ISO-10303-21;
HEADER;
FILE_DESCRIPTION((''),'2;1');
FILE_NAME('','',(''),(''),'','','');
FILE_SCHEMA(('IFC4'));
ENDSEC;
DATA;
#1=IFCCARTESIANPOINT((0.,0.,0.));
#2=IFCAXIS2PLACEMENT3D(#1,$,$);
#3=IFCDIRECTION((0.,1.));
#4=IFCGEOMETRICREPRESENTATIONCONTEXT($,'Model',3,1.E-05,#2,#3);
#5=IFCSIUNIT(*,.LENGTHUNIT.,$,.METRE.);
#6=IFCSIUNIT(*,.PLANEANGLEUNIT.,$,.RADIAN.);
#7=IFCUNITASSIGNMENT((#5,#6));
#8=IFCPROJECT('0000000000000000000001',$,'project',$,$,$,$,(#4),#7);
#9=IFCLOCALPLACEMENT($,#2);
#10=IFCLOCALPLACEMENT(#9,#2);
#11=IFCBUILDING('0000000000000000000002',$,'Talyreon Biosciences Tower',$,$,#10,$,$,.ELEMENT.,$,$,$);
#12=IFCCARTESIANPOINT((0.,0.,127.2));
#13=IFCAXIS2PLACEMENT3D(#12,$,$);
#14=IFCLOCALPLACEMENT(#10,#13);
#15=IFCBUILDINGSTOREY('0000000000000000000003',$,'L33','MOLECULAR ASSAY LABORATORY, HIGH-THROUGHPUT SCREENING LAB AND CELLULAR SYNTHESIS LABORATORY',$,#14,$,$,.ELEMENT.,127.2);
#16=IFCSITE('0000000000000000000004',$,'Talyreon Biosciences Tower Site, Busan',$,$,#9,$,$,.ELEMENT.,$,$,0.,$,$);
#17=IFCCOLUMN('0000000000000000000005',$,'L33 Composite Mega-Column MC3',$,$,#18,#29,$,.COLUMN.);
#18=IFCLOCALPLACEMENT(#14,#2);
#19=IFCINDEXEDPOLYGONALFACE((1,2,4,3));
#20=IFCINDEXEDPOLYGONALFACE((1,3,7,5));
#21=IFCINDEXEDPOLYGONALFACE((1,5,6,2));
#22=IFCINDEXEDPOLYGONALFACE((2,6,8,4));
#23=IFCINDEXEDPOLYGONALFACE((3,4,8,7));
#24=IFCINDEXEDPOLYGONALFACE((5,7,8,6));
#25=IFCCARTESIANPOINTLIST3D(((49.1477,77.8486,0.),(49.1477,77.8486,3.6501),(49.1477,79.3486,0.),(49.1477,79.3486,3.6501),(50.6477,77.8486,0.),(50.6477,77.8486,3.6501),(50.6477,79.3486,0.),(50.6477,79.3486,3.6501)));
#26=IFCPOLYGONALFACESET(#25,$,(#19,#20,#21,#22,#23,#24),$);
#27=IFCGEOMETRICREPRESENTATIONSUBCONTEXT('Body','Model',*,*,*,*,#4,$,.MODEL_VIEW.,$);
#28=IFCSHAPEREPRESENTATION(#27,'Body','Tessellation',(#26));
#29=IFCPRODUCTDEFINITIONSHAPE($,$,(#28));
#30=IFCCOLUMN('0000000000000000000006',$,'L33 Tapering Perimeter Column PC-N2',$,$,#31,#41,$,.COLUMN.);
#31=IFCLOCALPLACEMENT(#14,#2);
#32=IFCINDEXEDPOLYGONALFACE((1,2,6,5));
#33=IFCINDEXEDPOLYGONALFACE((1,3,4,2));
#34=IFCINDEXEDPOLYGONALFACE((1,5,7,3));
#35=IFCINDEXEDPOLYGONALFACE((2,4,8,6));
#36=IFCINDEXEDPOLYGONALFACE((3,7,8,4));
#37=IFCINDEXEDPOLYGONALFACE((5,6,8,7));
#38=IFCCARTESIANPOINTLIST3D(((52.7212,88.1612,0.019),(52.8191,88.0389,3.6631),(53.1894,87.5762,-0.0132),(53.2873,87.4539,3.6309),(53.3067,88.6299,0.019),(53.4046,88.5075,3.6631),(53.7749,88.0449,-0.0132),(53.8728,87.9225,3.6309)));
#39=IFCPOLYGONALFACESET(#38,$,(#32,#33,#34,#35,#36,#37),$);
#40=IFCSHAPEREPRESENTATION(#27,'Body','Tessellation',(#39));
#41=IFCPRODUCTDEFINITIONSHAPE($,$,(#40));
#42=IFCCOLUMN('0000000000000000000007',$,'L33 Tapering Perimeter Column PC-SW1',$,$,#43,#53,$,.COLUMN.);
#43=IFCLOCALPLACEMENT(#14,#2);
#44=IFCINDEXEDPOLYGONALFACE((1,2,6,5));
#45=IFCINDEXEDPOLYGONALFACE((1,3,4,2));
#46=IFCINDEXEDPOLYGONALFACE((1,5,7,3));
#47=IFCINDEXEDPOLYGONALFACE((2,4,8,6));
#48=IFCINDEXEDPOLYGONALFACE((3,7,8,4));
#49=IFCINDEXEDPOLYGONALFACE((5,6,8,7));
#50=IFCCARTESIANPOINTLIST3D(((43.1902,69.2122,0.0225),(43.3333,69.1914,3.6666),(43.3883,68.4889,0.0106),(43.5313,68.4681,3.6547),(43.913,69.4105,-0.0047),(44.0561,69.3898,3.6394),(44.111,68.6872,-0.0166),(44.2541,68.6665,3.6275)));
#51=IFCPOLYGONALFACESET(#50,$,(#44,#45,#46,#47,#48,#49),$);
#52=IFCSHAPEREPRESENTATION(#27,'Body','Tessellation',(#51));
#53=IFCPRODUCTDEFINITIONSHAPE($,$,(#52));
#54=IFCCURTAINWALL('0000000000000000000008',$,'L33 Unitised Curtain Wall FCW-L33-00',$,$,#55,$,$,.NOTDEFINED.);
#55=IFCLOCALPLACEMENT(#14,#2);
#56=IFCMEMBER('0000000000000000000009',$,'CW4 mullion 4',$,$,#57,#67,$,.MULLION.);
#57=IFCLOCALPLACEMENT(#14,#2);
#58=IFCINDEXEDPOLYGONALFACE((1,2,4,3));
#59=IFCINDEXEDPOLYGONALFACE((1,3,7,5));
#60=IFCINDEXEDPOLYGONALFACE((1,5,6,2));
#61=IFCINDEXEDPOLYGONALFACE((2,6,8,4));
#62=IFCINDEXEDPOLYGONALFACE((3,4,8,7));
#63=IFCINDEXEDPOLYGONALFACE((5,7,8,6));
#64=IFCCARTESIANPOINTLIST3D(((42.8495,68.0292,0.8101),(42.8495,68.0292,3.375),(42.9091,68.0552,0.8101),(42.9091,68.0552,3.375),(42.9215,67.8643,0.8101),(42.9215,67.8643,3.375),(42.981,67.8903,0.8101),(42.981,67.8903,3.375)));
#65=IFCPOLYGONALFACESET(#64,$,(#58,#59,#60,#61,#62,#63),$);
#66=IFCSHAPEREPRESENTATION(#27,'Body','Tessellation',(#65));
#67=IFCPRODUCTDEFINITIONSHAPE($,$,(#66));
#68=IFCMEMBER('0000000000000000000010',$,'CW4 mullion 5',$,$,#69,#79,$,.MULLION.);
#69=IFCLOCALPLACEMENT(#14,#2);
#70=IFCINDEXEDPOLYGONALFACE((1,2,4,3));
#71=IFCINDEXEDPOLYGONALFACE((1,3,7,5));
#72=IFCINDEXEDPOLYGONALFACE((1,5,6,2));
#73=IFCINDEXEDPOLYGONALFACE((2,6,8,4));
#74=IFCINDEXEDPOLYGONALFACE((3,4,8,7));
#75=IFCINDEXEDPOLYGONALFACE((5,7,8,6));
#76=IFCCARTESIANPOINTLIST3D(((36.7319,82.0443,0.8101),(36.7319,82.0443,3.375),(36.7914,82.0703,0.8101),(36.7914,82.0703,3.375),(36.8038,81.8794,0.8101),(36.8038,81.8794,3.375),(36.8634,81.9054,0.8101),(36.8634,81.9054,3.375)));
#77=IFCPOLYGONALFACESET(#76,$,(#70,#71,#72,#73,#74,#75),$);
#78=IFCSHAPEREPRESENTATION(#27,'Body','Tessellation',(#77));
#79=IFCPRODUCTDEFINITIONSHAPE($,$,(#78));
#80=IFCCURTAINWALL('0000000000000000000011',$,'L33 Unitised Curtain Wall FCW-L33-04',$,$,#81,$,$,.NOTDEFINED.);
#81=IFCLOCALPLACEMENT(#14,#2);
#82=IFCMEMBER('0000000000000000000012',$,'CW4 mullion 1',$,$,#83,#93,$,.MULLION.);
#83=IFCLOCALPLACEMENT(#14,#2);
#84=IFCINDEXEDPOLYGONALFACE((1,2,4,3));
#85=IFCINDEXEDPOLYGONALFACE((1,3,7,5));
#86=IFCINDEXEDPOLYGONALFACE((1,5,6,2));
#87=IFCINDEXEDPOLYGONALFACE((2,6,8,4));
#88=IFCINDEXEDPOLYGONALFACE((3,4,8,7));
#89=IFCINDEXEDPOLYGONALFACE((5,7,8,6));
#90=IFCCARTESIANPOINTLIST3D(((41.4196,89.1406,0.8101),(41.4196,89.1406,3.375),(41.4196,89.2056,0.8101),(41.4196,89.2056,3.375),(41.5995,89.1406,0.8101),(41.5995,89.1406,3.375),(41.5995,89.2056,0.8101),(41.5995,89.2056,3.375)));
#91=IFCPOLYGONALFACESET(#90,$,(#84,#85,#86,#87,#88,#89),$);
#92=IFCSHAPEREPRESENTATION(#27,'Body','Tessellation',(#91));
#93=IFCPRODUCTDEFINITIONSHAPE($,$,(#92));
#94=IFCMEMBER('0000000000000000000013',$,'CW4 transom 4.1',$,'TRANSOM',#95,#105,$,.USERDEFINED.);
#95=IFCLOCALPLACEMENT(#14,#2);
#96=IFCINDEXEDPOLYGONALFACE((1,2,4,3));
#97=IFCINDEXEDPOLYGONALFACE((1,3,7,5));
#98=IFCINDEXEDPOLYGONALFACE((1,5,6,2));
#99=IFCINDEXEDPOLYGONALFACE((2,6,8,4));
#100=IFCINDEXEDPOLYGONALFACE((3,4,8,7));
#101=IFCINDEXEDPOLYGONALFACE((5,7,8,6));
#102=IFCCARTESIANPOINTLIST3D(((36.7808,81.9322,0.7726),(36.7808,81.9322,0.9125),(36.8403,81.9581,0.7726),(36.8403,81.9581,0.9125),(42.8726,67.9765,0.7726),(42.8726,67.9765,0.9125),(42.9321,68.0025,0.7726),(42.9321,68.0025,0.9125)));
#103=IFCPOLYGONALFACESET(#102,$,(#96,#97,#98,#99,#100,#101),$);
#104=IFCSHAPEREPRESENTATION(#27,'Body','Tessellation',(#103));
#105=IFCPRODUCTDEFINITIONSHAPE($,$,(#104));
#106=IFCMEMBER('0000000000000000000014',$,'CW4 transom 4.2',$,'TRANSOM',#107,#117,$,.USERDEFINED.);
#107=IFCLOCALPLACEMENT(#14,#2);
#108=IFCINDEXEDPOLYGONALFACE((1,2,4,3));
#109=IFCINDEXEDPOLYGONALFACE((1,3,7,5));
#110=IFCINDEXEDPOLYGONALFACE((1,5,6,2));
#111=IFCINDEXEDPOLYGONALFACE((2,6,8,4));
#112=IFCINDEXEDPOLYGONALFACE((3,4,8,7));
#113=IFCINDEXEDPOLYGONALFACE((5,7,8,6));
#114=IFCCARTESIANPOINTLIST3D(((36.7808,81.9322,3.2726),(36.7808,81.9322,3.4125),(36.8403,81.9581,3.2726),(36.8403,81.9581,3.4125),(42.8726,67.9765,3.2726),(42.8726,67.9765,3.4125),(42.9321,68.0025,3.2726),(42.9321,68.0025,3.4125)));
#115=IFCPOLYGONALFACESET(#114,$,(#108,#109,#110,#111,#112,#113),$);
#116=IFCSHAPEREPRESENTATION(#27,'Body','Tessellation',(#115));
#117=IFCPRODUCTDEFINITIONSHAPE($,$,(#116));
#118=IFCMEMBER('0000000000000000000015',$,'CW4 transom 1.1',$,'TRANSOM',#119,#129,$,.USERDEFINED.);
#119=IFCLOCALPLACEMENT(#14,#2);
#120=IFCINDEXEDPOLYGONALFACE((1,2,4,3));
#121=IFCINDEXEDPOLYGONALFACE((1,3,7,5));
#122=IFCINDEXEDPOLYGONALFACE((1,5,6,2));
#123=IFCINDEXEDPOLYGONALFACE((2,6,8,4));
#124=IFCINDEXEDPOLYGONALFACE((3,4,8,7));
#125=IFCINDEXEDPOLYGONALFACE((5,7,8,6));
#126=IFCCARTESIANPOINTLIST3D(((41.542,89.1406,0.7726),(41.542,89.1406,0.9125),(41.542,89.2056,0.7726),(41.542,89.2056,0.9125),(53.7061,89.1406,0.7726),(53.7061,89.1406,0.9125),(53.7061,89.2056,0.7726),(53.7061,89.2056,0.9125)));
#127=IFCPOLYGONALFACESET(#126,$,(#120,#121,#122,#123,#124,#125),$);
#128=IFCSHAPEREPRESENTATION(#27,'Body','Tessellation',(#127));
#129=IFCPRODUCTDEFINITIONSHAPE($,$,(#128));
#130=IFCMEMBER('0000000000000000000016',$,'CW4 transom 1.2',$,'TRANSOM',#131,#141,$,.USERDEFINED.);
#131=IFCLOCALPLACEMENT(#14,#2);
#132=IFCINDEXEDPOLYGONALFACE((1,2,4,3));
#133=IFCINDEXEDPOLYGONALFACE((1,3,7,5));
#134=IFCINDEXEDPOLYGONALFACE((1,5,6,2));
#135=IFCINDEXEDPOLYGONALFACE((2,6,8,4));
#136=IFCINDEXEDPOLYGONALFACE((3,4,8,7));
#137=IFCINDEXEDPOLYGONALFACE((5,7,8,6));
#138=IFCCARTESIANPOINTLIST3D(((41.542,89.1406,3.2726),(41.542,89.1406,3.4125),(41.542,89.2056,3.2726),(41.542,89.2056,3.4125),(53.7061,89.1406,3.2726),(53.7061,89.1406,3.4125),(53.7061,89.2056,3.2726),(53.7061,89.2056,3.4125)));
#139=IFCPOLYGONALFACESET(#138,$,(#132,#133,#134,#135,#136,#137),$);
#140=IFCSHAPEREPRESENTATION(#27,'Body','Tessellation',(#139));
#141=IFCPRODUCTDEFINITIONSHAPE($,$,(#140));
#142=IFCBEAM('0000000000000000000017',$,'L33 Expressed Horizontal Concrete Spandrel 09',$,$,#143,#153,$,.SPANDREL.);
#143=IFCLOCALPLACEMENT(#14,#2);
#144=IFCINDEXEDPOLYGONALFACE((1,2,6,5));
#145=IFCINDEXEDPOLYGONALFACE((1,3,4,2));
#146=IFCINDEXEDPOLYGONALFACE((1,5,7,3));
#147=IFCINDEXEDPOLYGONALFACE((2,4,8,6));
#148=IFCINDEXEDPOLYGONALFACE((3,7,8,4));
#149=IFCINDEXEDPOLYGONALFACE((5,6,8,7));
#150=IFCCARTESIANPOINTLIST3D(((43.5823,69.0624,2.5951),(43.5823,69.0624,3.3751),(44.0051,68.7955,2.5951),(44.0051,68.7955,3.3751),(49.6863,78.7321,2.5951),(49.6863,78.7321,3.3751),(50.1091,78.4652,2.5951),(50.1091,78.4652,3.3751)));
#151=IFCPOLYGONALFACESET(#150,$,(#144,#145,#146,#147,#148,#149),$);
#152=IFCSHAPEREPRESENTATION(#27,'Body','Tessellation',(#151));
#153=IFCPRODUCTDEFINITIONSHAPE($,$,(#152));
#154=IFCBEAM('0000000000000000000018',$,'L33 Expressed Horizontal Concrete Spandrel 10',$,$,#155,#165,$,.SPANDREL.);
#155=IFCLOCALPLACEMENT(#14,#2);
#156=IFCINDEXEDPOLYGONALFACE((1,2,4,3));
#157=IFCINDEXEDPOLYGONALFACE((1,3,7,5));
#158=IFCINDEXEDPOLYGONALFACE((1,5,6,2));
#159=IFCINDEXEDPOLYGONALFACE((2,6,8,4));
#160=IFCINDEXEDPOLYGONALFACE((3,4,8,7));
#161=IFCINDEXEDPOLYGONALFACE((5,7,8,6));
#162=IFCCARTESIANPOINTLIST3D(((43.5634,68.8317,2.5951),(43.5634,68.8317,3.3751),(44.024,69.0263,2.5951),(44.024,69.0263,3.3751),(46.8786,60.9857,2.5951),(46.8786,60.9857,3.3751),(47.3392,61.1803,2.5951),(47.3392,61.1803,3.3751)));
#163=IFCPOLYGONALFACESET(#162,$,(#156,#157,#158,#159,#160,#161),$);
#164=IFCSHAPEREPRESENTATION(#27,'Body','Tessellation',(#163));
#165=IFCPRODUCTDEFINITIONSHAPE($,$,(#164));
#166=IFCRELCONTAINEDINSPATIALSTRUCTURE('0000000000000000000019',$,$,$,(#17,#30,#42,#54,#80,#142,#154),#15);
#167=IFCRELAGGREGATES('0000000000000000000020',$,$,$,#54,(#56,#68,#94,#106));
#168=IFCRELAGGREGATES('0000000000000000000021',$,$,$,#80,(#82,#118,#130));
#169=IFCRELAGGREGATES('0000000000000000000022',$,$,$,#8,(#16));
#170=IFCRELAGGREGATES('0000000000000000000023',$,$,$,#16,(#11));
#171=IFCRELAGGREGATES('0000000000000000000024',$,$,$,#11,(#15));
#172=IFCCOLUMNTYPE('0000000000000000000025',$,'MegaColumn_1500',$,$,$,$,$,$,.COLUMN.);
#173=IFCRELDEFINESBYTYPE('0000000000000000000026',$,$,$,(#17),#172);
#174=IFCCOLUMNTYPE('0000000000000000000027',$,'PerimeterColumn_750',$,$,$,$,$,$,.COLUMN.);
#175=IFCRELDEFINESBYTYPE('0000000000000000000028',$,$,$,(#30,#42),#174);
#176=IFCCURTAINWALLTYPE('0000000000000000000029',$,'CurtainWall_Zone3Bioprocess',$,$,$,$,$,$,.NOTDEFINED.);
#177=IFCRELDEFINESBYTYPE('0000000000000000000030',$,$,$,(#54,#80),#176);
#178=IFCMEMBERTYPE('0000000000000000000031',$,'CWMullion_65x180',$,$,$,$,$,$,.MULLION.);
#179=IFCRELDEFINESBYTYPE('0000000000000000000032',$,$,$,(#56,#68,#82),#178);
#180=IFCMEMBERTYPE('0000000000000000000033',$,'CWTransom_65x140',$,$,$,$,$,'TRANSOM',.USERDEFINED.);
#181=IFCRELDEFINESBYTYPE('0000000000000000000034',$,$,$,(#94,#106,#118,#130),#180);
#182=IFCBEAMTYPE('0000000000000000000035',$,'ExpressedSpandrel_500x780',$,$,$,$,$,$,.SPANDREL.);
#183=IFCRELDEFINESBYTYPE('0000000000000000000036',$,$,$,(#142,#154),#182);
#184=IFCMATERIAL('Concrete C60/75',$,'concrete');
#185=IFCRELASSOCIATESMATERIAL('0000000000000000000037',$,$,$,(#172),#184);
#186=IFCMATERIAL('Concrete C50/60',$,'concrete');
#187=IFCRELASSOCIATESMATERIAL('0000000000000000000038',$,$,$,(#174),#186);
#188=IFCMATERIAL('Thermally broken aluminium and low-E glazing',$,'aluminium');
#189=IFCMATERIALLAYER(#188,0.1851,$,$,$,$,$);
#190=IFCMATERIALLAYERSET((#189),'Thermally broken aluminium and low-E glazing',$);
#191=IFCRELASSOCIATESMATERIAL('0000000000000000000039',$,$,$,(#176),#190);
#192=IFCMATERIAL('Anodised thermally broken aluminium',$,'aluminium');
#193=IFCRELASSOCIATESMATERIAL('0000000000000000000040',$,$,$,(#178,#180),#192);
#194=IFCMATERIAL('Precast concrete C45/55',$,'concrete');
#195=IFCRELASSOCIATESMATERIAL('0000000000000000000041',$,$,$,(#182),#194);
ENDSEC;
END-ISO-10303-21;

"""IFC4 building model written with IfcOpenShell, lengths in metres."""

from ifc_helpers import new_model, si_unit, direction, frame, origin, origin_2d, place, context, subcontext, project, spatial, rectangle, extrude, material, layer, layer_set, material_profile, profile_set, type_object, element, aggregate, save


model = new_model("IFC4")

# Units and contexts
model_context = context("Model", 3, precision=1e-05, world=origin(), true_north=direction((0.0, 1.0)))
body_context = subcontext(model_context, "Body", "Model", "MODEL_VIEW")
ifc_project = project(units=[si_unit("LENGTHUNIT", "METRE"), si_unit("PLANEANGLEUNIT", "RADIAN")], contexts=[model_context])

# Site, building, storey
site_placement = place(None, origin())
site = spatial("IfcSite", under=ifc_project, at=site_placement, Name="Talyreon Biosciences Tower Site, Busan", CompositionType="ELEMENT", RefElevation=0.0)
building_placement = place(site_placement, origin())
building = spatial("IfcBuilding", under=site, at=building_placement, Name="Talyreon Biosciences Tower", CompositionType="ELEMENT")
storey_placement = place(building_placement, frame((0.0, 0.0, 127.2)))
storey = spatial("IfcBuildingStorey", under=building, at=storey_placement, Name="L33", Description="MOLECULAR ASSAY LABORATORY, HIGH-THROUGHPUT SCREENING LAB AND CELLULAR SYNTHESIS LABORATORY", CompositionType="ELEMENT", Elevation=127.2)

# Columns
ifc_material_1 = material(Name="Concrete C60/75", Category="concrete")
ifc_material_profile_1 = material_profile(ifc_material_1, rectangle(XDim=1.5, YDim=1.5, at=origin_2d()), Name="RC 1500x1500")
ifc_profile_set_1 = profile_set([ifc_material_profile_1], Name="Concrete C60/75")
column_type_1 = type_object("IfcColumnType", Name="MegaColumn_1500", PredefinedType="COLUMN", material=ifc_profile_set_1)
column_1_placement = place(storey_placement, frame((49.8977, 78.5986, 0.0), z_axis=(0.0, 0.0, 1.0), x_axis=(1.0, 0.0, 0.0)))
element("IfcColumn", 1, at=column_1_placement, inside=storey, type_object=column_type_1, Name="L33 Composite Mega-Column MC3", PredefinedType="COLUMN", context=body_context, shape_type="SweptSolid", body=[
    extrude(rectangle(XDim=1.5, YDim=1.5, at=origin_2d()), origin(), (0.0, 0.0, 1.0), 3.6501),
])
ifc_material_2 = material(Name="Concrete C50/60", Category="concrete")
ifc_material_profile_2 = material_profile(ifc_material_2, rectangle(XDim=0.75, YDim=0.75, at=origin_2d()), Name="RC 750x750")
ifc_profile_set_2 = profile_set([ifc_material_profile_2], Name="Concrete C50/60")
column_type_2 = type_object("IfcColumnType", Name="PerimeterColumn_750", PredefinedType="COLUMN", material=ifc_profile_set_2)
column_2_placement = place(storey_placement, frame((53.248, 88.103, 0.0029), z_axis=(0.026841, -0.033535, 0.999077), x_axis=(-0.780717, -0.624885, 0.0)))
element("IfcColumn", 2, at=column_2_placement, inside=storey, type_object=column_type_2, Name="L33 Tapering Perimeter Column PC-N2", PredefinedType="COLUMN", context=body_context, shape_type="SweptSolid", body=[
    extrude(rectangle(XDim=0.75, YDim=0.75, at=origin_2d()), origin(), (0.0, 0.0, 1.0), 3.6475),
])
column_3_placement = place(storey_placement, frame((43.6506, 68.9497, 0.0029), z_axis=(0.039229, -0.00569, 0.999214), x_axis=(0.963712, 0.26446, -0.03633)))
element("IfcColumn", 3, at=column_3_placement, inside=storey, type_object=column_type_2, Name="L33 Tapering Perimeter Column PC-SW1", PredefinedType="COLUMN", context=body_context, shape_type="SweptSolid", body=[
    extrude(rectangle(XDim=0.75, YDim=0.75, at=origin_2d()), origin(), (0.0, 0.0, 1.0), 3.647),
])

# Curtain wall, members
ifc_material_3 = material(Name="Thermally broken aluminium and low-E glazing", Category="aluminium")
ifc_layer_1 = layer(ifc_material_3, 0.1851)
ifc_layer_set_1 = layer_set([ifc_layer_1], Name="Thermally broken aluminium and low-E glazing")
curtain_wall_type = type_object("IfcCurtainWallType", Name="CurtainWall_Zone3Bioprocess", PredefinedType="NOTDEFINED", material=ifc_layer_set_1)
curtain_wall_1_placement = place(storey_placement, origin())
curtain_wall_1 = element("IfcCurtainWall", 4, at=curtain_wall_1_placement, inside=storey, type_object=curtain_wall_type, Name="L33 Unitised Curtain Wall FCW-L33-00", PredefinedType="NOTDEFINED")
ifc_material_4 = material(Name="Anodised thermally broken aluminium", Category="aluminium")
ifc_material_profile_3 = material_profile(ifc_material_4, rectangle(XDim=0.0649, YDim=0.1799, at=origin_2d()), Name="ALUM MULLION 65x180")
ifc_profile_set_3 = profile_set([ifc_material_profile_3], Name="Anodised thermally broken aluminium")
member_type_1 = type_object("IfcMemberType", Name="CWMullion_65x180", PredefinedType="MULLION", material=ifc_profile_set_3)
member_1_placement = place(storey_placement, frame((42.9153, 67.9597, 0.8101), z_axis=(0.0, 0.0, 1.0), x_axis=(-0.91649, -0.400058, 0.0)))
member_1 = element("IfcMember", 5, at=member_1_placement, type_object=member_type_1, Name="CW4 mullion 4", PredefinedType="MULLION", context=body_context, shape_type="SweptSolid", body=[
    extrude(rectangle(XDim=0.0649, YDim=0.1799, at=origin_2d()), origin(), (0.0, 0.0, 1.0), 2.5649),
])
member_2_placement = place(storey_placement, frame((36.7976, 81.9749, 0.8101), z_axis=(0.0, 0.0, 1.0), x_axis=(-0.91649, -0.400058, 0.0)))
member_2 = element("IfcMember", 6, at=member_2_placement, type_object=member_type_1, Name="CW4 mullion 5", PredefinedType="MULLION", context=body_context, shape_type="SweptSolid", body=[
    extrude(rectangle(XDim=0.0649, YDim=0.1799, at=origin_2d()), origin(), (0.0, 0.0, 1.0), 2.5649),
])

# Curtain wall, member
curtain_wall_2_placement = place(storey_placement, origin())
curtain_wall_2 = element("IfcCurtainWall", 7, at=curtain_wall_2_placement, inside=storey, type_object=curtain_wall_type, Name="L33 Unitised Curtain Wall FCW-L33-04", PredefinedType="NOTDEFINED")
member_3_placement = place(storey_placement, frame((41.5095, 89.1731, 0.8101), z_axis=(0.0, 0.0, 1.0), x_axis=(0.0, 1.0, 0.0)))
member_3 = element("IfcMember", 8, at=member_3_placement, type_object=member_type_1, Name="CW4 mullion 1", PredefinedType="MULLION", context=body_context, shape_type="SweptSolid", body=[
    extrude(rectangle(XDim=0.0649, YDim=0.1799, at=origin_2d()), origin(), (0.0, 0.0, 1.0), 2.5649),
])

# Members
ifc_material_profile_4 = material_profile(ifc_material_4, rectangle(XDim=0.0649, YDim=0.1399, at=origin_2d()), Name="ALUM TRANSOM 65x140")
ifc_profile_set_4 = profile_set([ifc_material_profile_4], Name="Anodised thermally broken aluminium")
member_type_2 = type_object("IfcMemberType", Name="CWTransom_65x140", ElementType="TRANSOM", PredefinedType="USERDEFINED", material=ifc_profile_set_4)
member_4_placement = place(storey_placement, frame((42.9023, 67.9895, 0.8425), z_axis=(-0.40006, 0.916489, 0.0), x_axis=(-0.916489, -0.40006, 0.0)))
member_4 = element("IfcMember", 9, at=member_4_placement, type_object=member_type_2, Name="CW4 transom 4.1", ObjectType="TRANSOM", PredefinedType="USERDEFINED", context=body_context, shape_type="SweptSolid", body=[
    extrude(rectangle(XDim=0.0649, YDim=0.1399, at=origin_2d()), origin(), (0.0, 0.0, 1.0), 15.2273),
])
member_5_placement = place(storey_placement, frame((42.9023, 67.9895, 3.3425), z_axis=(-0.40006, 0.916489, 0.0), x_axis=(-0.916489, -0.40006, 0.0)))
member_5 = element("IfcMember", 10, at=member_5_placement, type_object=member_type_2, Name="CW4 transom 4.2", ObjectType="TRANSOM", PredefinedType="USERDEFINED", context=body_context, shape_type="SweptSolid", body=[
    extrude(rectangle(XDim=0.0649, YDim=0.1399, at=origin_2d()), origin(), (0.0, 0.0, 1.0), 15.2273),
])
member_6_placement = place(storey_placement, frame((41.542, 89.1731, 0.8425), z_axis=(1.0, 0.0, 0.0), x_axis=(0.0, 1.0, 0.0)))
member_6 = element("IfcMember", 11, at=member_6_placement, type_object=member_type_2, Name="CW4 transom 1.1", ObjectType="TRANSOM", PredefinedType="USERDEFINED", context=body_context, shape_type="SweptSolid", body=[
    extrude(rectangle(XDim=0.0649, YDim=0.1399, at=origin_2d()), origin(), (0.0, 0.0, 1.0), 12.1641),
])
member_7_placement = place(storey_placement, frame((41.542, 89.1731, 3.3425), z_axis=(1.0, 0.0, 0.0), x_axis=(0.0, 1.0, 0.0)))
member_7 = element("IfcMember", 12, at=member_7_placement, type_object=member_type_2, Name="CW4 transom 1.2", ObjectType="TRANSOM", PredefinedType="USERDEFINED", context=body_context, shape_type="SweptSolid", body=[
    extrude(rectangle(XDim=0.0649, YDim=0.1399, at=origin_2d()), origin(), (0.0, 0.0, 1.0), 12.1641),
])

# Beams
ifc_material_5 = material(Name="Precast concrete C45/55", Category="concrete")
ifc_material_profile_5 = material_profile(ifc_material_5, rectangle(XDim=0.5, YDim=0.78, at=origin_2d()), Name="RCB 500x780")
ifc_profile_set_5 = profile_set([ifc_material_profile_5], Name="Precast concrete C45/55")
beam_type_1 = type_object("IfcBeamType", Name="ExpressedSpandrel_500x780", PredefinedType="SPANDREL", material=ifc_profile_set_5)
beam_1_placement = place(storey_placement, frame((49.8977, 78.5986, 2.9851), z_axis=(-0.533795, -0.845614, 0.0), x_axis=(0.845614, -0.533795, 0.0)))
element("IfcBeam", 13, at=beam_1_placement, inside=storey, type_object=beam_type_1, Name="L33 Expressed Horizontal Concrete Spandrel 09", PredefinedType="SPANDREL", context=body_context, shape_type="SweptSolid", body=[
    extrude(rectangle(XDim=0.5, YDim=0.78, at=origin_2d()), origin(), (0.0, 0.0, 1.0), 11.4351),
])
beam_2_placement = place(storey_placement, frame((43.7937, 68.929, 2.9851), z_axis=(0.389216, -0.921146, 0.0), x_axis=(0.921146, 0.389216, 0.0)))
element("IfcBeam", 14, at=beam_2_placement, inside=storey, type_object=beam_type_1, Name="L33 Expressed Horizontal Concrete Spandrel 10", PredefinedType="SPANDREL", context=body_context, shape_type="SweptSolid", body=[
    extrude(rectangle(XDim=0.5, YDim=0.78, at=origin_2d()), origin(), (0.0, 0.0, 1.0), 8.5176),
])

aggregate(curtain_wall_1, [member_1, member_2, member_4, member_5])
aggregate(curtain_wall_2, [member_3, member_6, member_7])

save(model, "model.ifc")
